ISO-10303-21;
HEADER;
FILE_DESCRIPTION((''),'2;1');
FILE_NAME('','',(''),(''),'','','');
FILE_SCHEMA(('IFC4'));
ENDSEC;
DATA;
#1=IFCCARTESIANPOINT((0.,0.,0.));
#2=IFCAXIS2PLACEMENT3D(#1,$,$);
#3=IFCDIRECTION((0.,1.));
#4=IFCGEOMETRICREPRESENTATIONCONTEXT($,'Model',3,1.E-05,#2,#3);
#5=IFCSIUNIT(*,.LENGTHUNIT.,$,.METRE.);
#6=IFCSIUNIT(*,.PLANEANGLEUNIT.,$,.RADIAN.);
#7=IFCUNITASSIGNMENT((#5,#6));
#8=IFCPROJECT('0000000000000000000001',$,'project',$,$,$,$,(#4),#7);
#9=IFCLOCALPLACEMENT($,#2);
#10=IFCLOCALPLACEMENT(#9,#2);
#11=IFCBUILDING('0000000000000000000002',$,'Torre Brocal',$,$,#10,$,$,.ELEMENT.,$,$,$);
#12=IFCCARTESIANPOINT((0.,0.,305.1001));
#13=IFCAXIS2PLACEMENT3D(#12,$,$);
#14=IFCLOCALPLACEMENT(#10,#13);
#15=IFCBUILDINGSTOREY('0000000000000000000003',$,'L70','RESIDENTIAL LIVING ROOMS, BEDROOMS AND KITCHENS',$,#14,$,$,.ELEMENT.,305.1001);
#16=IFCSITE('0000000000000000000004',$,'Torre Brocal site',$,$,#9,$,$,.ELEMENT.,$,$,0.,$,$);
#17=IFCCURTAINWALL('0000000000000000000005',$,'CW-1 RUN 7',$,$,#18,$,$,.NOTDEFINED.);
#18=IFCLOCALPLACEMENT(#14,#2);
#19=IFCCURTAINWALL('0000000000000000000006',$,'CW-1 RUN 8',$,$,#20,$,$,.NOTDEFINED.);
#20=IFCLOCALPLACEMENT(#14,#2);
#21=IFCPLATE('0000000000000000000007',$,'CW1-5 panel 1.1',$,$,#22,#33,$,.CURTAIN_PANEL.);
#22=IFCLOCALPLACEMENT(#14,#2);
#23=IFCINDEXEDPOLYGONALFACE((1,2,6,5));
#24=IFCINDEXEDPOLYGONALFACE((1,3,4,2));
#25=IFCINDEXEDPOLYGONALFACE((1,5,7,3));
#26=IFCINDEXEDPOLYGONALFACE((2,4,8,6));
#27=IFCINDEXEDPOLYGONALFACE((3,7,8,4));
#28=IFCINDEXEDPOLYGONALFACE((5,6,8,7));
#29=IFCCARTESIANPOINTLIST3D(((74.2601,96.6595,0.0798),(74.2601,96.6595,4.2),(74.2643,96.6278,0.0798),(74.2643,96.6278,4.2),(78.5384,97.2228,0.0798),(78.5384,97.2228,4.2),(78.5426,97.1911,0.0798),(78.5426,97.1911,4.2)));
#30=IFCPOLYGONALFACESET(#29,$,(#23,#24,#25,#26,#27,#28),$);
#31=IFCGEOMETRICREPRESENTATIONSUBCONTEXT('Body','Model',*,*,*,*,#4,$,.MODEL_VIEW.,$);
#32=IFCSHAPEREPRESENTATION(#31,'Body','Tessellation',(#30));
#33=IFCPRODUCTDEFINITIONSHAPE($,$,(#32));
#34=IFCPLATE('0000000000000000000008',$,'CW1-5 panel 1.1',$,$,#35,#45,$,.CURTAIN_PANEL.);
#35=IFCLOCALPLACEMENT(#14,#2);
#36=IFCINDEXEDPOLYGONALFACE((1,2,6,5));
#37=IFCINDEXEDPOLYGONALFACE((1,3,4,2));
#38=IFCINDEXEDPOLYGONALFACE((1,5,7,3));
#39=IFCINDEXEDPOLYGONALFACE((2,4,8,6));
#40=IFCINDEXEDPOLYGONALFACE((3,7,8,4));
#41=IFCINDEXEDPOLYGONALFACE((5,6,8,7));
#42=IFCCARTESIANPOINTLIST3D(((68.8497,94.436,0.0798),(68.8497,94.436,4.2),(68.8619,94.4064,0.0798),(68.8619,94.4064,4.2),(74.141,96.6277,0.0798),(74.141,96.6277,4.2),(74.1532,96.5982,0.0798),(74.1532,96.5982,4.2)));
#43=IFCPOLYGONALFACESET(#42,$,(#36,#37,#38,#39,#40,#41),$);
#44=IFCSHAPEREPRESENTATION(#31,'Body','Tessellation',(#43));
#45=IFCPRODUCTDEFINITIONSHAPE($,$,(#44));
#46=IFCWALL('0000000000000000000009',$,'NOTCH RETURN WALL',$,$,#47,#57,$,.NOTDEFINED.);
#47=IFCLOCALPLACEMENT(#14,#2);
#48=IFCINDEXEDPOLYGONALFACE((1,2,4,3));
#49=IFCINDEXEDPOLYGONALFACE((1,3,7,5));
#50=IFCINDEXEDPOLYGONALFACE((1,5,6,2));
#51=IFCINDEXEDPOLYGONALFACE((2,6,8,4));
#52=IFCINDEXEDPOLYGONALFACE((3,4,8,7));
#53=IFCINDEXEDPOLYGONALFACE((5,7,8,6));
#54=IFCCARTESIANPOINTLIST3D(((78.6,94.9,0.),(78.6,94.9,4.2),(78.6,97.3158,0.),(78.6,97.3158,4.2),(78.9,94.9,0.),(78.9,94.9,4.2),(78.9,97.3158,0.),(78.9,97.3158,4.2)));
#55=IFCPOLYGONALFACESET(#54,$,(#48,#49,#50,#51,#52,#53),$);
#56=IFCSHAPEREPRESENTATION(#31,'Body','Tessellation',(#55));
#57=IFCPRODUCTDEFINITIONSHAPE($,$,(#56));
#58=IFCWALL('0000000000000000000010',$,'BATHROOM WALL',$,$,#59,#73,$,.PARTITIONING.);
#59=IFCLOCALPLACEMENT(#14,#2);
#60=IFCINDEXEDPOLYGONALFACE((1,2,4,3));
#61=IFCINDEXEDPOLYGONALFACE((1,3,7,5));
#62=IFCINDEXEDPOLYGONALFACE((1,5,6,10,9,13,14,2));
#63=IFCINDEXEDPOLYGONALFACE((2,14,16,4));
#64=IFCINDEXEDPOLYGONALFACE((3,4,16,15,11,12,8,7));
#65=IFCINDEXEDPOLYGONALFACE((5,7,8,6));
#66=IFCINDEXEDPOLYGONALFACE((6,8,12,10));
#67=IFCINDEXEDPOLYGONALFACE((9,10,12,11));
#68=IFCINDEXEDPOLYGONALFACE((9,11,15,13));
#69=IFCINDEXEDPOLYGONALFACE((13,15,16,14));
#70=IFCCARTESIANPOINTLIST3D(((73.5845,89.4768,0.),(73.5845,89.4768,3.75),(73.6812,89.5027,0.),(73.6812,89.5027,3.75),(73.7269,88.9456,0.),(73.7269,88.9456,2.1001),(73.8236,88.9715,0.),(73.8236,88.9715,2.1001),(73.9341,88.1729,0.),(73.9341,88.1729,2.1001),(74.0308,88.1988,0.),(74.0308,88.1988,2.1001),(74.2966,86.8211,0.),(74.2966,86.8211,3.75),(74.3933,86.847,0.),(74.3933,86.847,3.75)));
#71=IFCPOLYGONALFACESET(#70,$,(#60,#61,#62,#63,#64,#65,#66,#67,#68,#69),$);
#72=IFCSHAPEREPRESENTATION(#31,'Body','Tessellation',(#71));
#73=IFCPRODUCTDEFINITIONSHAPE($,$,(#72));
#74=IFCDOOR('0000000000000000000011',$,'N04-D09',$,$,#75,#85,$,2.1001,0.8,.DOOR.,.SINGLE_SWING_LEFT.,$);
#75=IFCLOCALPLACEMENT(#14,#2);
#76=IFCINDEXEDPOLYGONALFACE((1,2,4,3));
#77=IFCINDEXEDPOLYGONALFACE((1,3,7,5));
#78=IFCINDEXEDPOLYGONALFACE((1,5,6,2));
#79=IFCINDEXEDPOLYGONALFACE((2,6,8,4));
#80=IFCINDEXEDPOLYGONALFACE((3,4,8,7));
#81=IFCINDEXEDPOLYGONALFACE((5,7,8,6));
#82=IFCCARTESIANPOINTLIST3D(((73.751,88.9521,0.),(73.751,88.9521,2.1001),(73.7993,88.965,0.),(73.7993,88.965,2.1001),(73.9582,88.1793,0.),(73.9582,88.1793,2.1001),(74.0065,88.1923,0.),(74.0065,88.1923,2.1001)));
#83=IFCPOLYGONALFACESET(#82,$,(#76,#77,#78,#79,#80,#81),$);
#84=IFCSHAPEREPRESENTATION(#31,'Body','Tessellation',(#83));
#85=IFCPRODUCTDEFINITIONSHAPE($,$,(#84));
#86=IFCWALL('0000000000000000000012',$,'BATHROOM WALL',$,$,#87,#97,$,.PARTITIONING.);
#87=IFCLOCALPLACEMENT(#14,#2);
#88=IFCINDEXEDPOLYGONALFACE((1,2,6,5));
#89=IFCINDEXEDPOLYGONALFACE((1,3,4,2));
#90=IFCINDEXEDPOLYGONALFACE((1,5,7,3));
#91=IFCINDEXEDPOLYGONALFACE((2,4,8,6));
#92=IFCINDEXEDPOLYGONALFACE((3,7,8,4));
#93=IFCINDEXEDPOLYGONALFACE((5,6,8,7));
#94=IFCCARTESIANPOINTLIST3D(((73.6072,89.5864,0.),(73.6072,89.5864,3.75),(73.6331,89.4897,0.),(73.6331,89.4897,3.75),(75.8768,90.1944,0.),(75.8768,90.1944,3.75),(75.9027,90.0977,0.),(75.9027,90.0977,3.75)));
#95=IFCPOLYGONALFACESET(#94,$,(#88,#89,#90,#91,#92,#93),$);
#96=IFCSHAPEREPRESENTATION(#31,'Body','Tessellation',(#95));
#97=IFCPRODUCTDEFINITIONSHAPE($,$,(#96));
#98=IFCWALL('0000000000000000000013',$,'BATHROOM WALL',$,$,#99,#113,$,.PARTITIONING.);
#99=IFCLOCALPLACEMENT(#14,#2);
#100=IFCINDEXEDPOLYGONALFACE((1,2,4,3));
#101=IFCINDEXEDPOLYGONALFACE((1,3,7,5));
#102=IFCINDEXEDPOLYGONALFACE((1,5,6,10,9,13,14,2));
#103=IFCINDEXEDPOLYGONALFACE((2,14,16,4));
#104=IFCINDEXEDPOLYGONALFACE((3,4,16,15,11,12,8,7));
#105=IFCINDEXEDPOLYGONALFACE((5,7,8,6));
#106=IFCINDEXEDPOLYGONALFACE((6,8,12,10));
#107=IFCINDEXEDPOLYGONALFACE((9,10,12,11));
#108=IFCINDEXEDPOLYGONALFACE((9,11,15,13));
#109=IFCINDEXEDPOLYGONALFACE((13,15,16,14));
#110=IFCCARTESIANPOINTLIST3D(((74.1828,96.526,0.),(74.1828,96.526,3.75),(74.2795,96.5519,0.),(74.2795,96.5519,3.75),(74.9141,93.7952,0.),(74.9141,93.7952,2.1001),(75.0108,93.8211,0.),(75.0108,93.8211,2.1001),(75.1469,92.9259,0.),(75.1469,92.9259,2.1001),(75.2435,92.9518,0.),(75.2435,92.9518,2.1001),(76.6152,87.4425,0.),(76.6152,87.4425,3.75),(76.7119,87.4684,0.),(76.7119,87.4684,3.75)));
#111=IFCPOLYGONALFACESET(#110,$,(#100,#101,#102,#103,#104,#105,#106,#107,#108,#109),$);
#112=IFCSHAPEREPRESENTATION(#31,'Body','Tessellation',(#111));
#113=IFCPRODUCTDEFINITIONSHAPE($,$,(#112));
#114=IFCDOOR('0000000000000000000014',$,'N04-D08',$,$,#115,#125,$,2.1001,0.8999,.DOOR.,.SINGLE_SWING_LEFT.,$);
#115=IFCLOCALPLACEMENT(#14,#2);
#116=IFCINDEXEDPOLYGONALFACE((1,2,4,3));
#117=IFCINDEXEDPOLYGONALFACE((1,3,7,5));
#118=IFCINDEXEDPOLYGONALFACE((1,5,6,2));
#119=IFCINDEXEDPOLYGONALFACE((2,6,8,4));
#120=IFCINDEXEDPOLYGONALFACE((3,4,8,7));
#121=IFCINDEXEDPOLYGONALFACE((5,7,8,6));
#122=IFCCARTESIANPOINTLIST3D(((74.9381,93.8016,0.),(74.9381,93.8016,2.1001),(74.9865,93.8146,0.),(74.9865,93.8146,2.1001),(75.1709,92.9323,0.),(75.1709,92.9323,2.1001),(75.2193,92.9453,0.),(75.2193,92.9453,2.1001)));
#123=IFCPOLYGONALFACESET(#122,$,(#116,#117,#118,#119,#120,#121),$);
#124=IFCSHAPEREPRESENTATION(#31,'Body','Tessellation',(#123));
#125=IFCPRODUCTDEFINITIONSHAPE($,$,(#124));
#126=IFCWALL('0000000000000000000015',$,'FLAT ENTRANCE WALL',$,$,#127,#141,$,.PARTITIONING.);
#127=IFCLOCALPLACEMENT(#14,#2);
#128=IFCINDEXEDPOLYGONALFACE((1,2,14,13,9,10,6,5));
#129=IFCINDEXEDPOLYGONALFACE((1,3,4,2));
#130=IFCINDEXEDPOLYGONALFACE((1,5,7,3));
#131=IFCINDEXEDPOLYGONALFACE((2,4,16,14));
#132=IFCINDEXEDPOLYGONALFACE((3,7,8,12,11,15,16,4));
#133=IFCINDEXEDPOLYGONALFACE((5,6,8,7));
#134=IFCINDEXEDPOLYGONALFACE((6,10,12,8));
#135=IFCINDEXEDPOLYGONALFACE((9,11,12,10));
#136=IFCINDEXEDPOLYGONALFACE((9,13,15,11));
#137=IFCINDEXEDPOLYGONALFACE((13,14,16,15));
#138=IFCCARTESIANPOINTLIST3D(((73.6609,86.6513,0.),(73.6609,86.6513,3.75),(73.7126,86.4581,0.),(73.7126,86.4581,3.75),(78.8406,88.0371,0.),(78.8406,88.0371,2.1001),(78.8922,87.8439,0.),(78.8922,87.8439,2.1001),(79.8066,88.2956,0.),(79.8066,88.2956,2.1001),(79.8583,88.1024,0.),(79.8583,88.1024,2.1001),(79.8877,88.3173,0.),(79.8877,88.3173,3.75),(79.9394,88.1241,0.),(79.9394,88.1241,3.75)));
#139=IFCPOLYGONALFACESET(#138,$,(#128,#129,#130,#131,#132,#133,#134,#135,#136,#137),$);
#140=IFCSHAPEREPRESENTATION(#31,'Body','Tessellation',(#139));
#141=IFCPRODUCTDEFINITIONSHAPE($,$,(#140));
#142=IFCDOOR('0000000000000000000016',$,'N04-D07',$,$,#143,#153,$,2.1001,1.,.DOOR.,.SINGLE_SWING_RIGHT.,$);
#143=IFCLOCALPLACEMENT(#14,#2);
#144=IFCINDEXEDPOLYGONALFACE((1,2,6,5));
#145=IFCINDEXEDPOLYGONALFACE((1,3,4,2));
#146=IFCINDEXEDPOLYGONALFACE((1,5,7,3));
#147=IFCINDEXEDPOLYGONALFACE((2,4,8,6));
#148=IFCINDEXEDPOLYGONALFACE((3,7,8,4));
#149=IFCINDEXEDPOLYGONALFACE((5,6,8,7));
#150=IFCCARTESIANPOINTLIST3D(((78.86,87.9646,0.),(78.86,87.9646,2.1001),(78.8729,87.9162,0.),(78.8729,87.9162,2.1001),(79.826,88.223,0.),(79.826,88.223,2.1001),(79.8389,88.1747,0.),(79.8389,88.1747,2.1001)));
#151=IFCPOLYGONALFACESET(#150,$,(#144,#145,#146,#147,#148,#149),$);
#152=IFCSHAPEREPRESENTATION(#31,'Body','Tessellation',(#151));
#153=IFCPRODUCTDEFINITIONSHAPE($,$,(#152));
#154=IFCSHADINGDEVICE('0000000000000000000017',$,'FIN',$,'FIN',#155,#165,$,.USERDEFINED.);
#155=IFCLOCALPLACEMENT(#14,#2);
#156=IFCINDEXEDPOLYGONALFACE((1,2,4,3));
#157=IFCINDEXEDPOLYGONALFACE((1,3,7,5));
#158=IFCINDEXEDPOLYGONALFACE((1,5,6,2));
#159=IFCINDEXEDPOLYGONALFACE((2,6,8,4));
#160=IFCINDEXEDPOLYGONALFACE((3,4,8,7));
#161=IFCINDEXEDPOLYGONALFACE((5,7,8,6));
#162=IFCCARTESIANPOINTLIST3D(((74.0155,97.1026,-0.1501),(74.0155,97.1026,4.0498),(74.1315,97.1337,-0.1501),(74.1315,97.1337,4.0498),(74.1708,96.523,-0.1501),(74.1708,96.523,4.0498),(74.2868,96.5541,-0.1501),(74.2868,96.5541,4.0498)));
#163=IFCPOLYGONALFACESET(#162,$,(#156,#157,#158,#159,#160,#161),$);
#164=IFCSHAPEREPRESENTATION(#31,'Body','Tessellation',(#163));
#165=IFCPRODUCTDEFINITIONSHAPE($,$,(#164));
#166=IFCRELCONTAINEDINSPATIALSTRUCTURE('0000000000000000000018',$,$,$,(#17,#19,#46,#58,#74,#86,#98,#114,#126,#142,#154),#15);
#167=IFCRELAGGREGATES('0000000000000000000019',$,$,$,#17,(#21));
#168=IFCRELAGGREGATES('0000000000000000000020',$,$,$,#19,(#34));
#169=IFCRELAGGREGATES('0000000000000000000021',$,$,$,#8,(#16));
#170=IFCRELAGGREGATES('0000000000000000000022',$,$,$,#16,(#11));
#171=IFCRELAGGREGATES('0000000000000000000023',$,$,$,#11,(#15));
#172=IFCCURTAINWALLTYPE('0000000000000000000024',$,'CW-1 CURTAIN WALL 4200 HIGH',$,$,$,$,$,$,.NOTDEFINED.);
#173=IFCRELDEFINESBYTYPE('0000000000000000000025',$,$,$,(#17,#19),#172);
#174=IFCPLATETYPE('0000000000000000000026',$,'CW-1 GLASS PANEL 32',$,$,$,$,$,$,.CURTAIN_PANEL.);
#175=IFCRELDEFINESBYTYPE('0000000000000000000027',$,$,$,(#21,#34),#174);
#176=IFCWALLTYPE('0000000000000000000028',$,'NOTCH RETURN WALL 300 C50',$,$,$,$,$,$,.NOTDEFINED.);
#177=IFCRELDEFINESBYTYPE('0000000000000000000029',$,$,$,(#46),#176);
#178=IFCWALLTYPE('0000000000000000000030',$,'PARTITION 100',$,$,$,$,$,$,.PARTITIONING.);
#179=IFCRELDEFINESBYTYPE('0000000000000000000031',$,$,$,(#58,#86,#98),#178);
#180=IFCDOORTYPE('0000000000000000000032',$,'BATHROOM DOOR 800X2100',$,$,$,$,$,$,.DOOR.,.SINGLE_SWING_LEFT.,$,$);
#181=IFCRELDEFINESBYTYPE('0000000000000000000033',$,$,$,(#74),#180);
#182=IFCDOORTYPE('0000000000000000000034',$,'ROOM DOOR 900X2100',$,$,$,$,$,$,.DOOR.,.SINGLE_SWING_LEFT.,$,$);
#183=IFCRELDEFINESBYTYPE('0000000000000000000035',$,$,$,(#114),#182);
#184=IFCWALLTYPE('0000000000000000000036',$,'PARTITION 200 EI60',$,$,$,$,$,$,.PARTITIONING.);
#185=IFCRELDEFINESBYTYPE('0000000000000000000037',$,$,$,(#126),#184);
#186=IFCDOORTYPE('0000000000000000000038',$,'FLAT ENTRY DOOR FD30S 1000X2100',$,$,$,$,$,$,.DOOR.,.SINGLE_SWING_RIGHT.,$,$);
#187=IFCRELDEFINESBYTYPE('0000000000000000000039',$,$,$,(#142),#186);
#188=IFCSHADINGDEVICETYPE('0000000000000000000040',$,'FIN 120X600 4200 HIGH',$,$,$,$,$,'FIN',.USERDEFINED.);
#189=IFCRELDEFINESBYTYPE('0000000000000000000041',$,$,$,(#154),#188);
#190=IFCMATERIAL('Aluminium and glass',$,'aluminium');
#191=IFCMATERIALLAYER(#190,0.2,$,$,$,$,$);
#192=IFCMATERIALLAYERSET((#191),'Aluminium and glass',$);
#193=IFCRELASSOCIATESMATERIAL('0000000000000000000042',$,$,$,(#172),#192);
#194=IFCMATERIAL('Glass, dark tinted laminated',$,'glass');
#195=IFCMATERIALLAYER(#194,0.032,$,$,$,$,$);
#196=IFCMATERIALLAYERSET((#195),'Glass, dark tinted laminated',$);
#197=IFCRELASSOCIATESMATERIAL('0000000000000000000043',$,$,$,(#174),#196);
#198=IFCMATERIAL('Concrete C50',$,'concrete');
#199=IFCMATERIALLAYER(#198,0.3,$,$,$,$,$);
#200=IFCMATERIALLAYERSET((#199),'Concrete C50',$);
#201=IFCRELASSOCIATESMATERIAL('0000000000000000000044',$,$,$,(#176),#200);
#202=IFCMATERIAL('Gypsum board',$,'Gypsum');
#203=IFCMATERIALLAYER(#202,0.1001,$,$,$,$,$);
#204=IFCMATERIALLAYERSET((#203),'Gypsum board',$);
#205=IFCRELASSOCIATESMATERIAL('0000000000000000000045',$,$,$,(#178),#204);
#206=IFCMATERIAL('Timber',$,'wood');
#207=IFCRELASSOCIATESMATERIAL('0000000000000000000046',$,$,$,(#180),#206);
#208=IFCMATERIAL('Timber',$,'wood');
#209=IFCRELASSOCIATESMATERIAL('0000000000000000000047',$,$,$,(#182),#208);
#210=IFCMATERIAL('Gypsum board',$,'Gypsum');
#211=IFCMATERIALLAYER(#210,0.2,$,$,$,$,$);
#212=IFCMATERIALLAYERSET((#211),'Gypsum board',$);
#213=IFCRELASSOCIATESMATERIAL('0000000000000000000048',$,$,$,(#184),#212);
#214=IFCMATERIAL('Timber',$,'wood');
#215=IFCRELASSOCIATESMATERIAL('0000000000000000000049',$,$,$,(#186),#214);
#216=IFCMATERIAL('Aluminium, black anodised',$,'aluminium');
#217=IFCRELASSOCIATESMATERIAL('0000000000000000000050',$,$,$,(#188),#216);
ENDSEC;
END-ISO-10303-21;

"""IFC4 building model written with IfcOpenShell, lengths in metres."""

from ifc_helpers import new_model, si_unit, direction, frame, frame_2d, origin, origin_2d, place, context, subcontext, project, spatial, rectangle, extrude, material, layer, layer_set, material_profile, profile_set, type_object, element, fill, aggregate, save


model = new_model("IFC4")

# Units and contexts
model_context = context("Model", 3, precision=1e-05, world=origin(), true_north=direction((0.0, 1.0)))
body_context = subcontext(model_context, "Body", "Model", "MODEL_VIEW")
ifc_project = project(units=[si_unit("LENGTHUNIT", "METRE"), si_unit("PLANEANGLEUNIT", "RADIAN")], contexts=[model_context])

# Site, building, storey
site_placement = place(None, origin())
site = spatial("IfcSite", under=ifc_project, at=site_placement, Name="Torre Brocal site", CompositionType="ELEMENT", RefElevation=0.0)
building_placement = place(site_placement, origin())
building = spatial("IfcBuilding", under=site, at=building_placement, Name="Torre Brocal", CompositionType="ELEMENT")
storey_placement = place(building_placement, frame((0.0, 0.0, 305.1001)))
storey = spatial("IfcBuildingStorey", under=building, at=storey_placement, Name="L70", Description="RESIDENTIAL LIVING ROOMS, BEDROOMS AND KITCHENS", CompositionType="ELEMENT", Elevation=305.1001)

# Curtain wall
ifc_material_1 = material(Name="Aluminium and glass", Category="aluminium")
ifc_layer_1 = layer(ifc_material_1, 0.2)
ifc_layer_set_1 = layer_set([ifc_layer_1], Name="Aluminium and glass")
curtain_wall_type = type_object("IfcCurtainWallType", Name="CW-1 CURTAIN WALL 4200 HIGH", PredefinedType="NOTDEFINED", material=ifc_layer_set_1)
curtain_wall_1_placement = place(storey_placement, origin())
curtain_wall_1 = element("IfcCurtainWall", 1, at=curtain_wall_1_placement, inside=storey, type_object=curtain_wall_type, Name="CW-1 RUN 7", PredefinedType="NOTDEFINED")

# Curtain wall
curtain_wall_2_placement = place(storey_placement, origin())
curtain_wall_2 = element("IfcCurtainWall", 2, at=curtain_wall_2_placement, inside=storey, type_object=curtain_wall_type, Name="CW-1 RUN 8", PredefinedType="NOTDEFINED")

# Plates
ifc_material_2 = material(Name="Glass, dark tinted laminated", Category="glass")
ifc_layer_2 = layer(ifc_material_2, 0.032)
ifc_layer_set_2 = layer_set([ifc_layer_2], Name="Glass, dark tinted laminated")
plate_type = type_object("IfcPlateType", Name="CW-1 GLASS PANEL 32", PredefinedType="CURTAIN_PANEL", material=ifc_layer_set_2)
plate_1_placement = place(storey_placement, frame((76.4014, 96.9253, 0.0798), z_axis=(0.0, 0.0, 1.0), x_axis=(-0.991445, -0.130526, 0.0)))
plate_1 = element("IfcPlate", 3, at=plate_1_placement, type_object=plate_type, Name="CW1-5 panel 1.1", PredefinedType="CURTAIN_PANEL", context=body_context, shape_type="SweptSolid", body=[
    extrude(rectangle(XDim=4.3152, YDim=0.032, at=origin_2d()), origin(), (0.0, 0.0, 1.0), 4.1201),
])
aggregate(curtain_wall_1, [plate_1])
plate_2_placement = place(storey_placement, frame((71.5015, 95.5171, 0.0798), z_axis=(0.0, 0.0, 1.0), x_axis=(-0.92388, -0.382683, 0.0)))
plate_2 = element("IfcPlate", 4, at=plate_2_placement, type_object=plate_type, Name="CW1-5 panel 1.1", PredefinedType="CURTAIN_PANEL", context=body_context, shape_type="SweptSolid", body=[
    extrude(rectangle(XDim=5.7273, YDim=0.032, at=origin_2d()), origin(), (0.0, 0.0, 1.0), 4.1201),
])
aggregate(curtain_wall_2, [plate_2])

# Wall
ifc_material_3 = material(Name="Concrete C50", Category="concrete")
ifc_layer_3 = layer(ifc_material_3, 0.3)
ifc_layer_set_3 = layer_set([ifc_layer_3], Name="Concrete C50")
wall_type_1 = type_object("IfcWallType", Name="NOTCH RETURN WALL 300 C50", PredefinedType="NOTDEFINED", material=ifc_layer_set_3)
wall_1_placement = place(storey_placement, frame((78.75, 94.8999, 0.0), z_axis=(0.0, 0.0, 1.0), x_axis=(0.0, 1.0, 0.0)))
element("IfcWall", 5, at=wall_1_placement, inside=storey, type_object=wall_type_1, Name="NOTCH RETURN WALL", PredefinedType="NOTDEFINED", context=body_context, shape_type="SweptSolid", body=[
    extrude(rectangle(XDim=2.4158, YDim=0.3, at=frame_2d((1.208, 0.0))), origin(), (0.0, 0.0, 1.0), 4.2),
])

# Wall, opening, door
ifc_material_4 = material(Name="Gypsum board", Category="Gypsum")
ifc_layer_4 = layer(ifc_material_4, 0.1001)
ifc_layer_set_4 = layer_set([ifc_layer_4], Name="Gypsum board")
wall_type_2 = type_object("IfcWallType", Name="PARTITION 100", PredefinedType="PARTITIONING", material=ifc_layer_set_4)
wall_2_placement = place(storey_placement, frame((73.6328, 89.4897, 0.0), z_axis=(0.0, 0.0, 1.0), x_axis=(0.259005, -0.965876, 0.0)))
wall_2 = element("IfcWall", 6, at=wall_2_placement, inside=storey, type_object=wall_type_2, Name="BATHROOM WALL", PredefinedType="PARTITIONING", context=body_context, shape_type="SweptSolid", body=[
    extrude(rectangle(XDim=2.7495, YDim=0.1001, at=frame_2d((1.3748, 0.0))), origin(), (0.0, 0.0, 1.0), 3.75),
])
opening_1_placement = place(wall_2_placement, frame((0.55, 0.0, 0.0)))
opening_1 = element("IfcOpeningElement", 7, at=opening_1_placement, cuts=wall_2, PredefinedType="OPENING", context=body_context, shape_type="SweptSolid", body=[
    extrude(rectangle(XDim=0.8, YDim=2.1001, at=frame_2d((0.3999, 1.05))), frame((0.0, 0.0601, 0.0), z_axis=(0.0, -1.0, 0.0), x_axis=(1.0, 0.0, 0.0)), (0.0, 0.0, 1.0), 0.1201),
])
ifc_material_5 = material(Name="Timber", Category="wood")
door_type_1 = type_object("IfcDoorType", Name="BATHROOM DOOR 800X2100", OperationType="SINGLE_SWING_LEFT", PredefinedType="DOOR", material=ifc_material_5)
door_1_placement = place(opening_1_placement, origin())
door_1 = element("IfcDoor", 8, at=door_1_placement, inside=storey, type_object=door_type_1, Name="N04-D09", OperationType="SINGLE_SWING_LEFT", OverallHeight=2.1001, OverallWidth=0.8, PredefinedType="DOOR", context=body_context, shape_type="SweptSolid", body=[
    extrude(rectangle(XDim=0.8, YDim=2.1001, at=frame_2d((0.3999, 1.05))), frame((0.0, 0.0249, 0.0), z_axis=(0.0, -1.0, 0.0), x_axis=(1.0, 0.0, 0.0)), (0.0, 0.0, 1.0), 0.05),
])
fill(opening_1, door_1)

# Wall
wall_3_placement = place(storey_placement, frame((73.6201, 89.5381, 0.0), z_axis=(0.0, 0.0, 1.0), x_axis=(0.965948, 0.258736, 0.0)))
element("IfcWall", 9, at=wall_3_placement, inside=storey, type_object=wall_type_2, Name="BATHROOM WALL", PredefinedType="PARTITIONING", context=body_context, shape_type="SweptSolid", body=[
    extrude(rectangle(XDim=2.3496, YDim=0.1001, at=frame_2d((1.1748, 0.0))), origin(), (0.0, 0.0, 1.0), 3.75),
])

# Walls, openings, doors
wall_4_placement = place(storey_placement, frame((74.2312, 96.5388, 0.0), z_axis=(0.0, 0.0, 1.0), x_axis=(0.258666, -0.965967, 0.0)))
wall_4 = element("IfcWall", 10, at=wall_4_placement, inside=storey, type_object=wall_type_2, Name="BATHROOM WALL", PredefinedType="PARTITIONING", context=body_context, shape_type="SweptSolid", body=[
    extrude(rectangle(XDim=9.4036, YDim=0.1001, at=frame_2d((4.7017, 0.0))), origin(), (0.0, 0.0, 1.0), 3.75),
])
opening_2_placement = place(wall_4_placement, frame((2.8269, 0.0, 0.0)))
opening_2 = element("IfcOpeningElement", 11, at=opening_2_placement, cuts=wall_4, PredefinedType="OPENING", context=body_context, shape_type="SweptSolid", body=[
    extrude(rectangle(XDim=0.8999, YDim=2.1001, at=frame_2d((0.45, 1.05))), frame((0.0, 0.0601, 0.0), z_axis=(0.0, -1.0, 0.0), x_axis=(1.0, 0.0, 0.0)), (0.0, 0.0, 1.0), 0.1201),
])
ifc_material_6 = material(Name="Timber", Category="wood")
door_type_2 = type_object("IfcDoorType", Name="ROOM DOOR 900X2100", OperationType="SINGLE_SWING_LEFT", PredefinedType="DOOR", material=ifc_material_6)
door_2_placement = place(opening_2_placement, origin())
door_2 = element("IfcDoor", 12, at=door_2_placement, inside=storey, type_object=door_type_2, Name="N04-D08", OperationType="SINGLE_SWING_LEFT", OverallHeight=2.1001, OverallWidth=0.8999, PredefinedType="DOOR", context=body_context, shape_type="SweptSolid", body=[
    extrude(rectangle(XDim=0.8999, YDim=2.1001, at=frame_2d((0.45, 1.05))), frame((0.0, 0.0249, 0.0), z_axis=(0.0, -1.0, 0.0), x_axis=(1.0, 0.0, 0.0)), (0.0, 0.0, 1.0), 0.05),
])
fill(opening_2, door_2)
ifc_material_7 = material(Name="Gypsum board", Category="Gypsum")
ifc_layer_5 = layer(ifc_material_7, 0.2)
ifc_layer_set_5 = layer_set([ifc_layer_5], Name="Gypsum board")
wall_type_3 = type_object("IfcWallType", Name="PARTITION 200 EI60", PredefinedType="PARTITIONING", material=ifc_layer_set_5)
wall_5_placement = place(storey_placement, frame((73.6868, 86.5547, 0.0), z_axis=(0.0, 0.0, 1.0), x_axis=(0.966021, 0.258464, 0.0)))
wall_5 = element("IfcWall", 13, at=wall_5_placement, inside=storey, type_object=wall_type_3, Name="FLAT ENTRANCE WALL", PredefinedType="PARTITIONING", context=body_context, shape_type="SweptSolid", body=[
    extrude(rectangle(XDim=6.4458, YDim=0.2, at=frame_2d((3.2229, 0.0))), origin(), (0.0, 0.0, 1.0), 3.75),
])
opening_3_placement = place(wall_5_placement, frame((5.3618, 0.0, 0.0)))
opening_3 = element("IfcOpeningElement", 14, at=opening_3_placement, cuts=wall_5, PredefinedType="OPENING", context=body_context, shape_type="SweptSolid", body=[
    extrude(rectangle(XDim=1.0, YDim=2.1001, at=frame_2d((0.5, 1.05))), frame((0.0, 0.1099, 0.0), z_axis=(0.0, -1.0, 0.0), x_axis=(1.0, 0.0, 0.0)), (0.0, 0.0, 1.0), 0.22),
])
ifc_material_8 = material(Name="Timber", Category="wood")
door_type_3 = type_object("IfcDoorType", Name="FLAT ENTRY DOOR FD30S 1000X2100", OperationType="SINGLE_SWING_RIGHT", PredefinedType="DOOR", material=ifc_material_8)
door_3_placement = place(opening_3_placement, origin())
door_3 = element("IfcDoor", 15, at=door_3_placement, inside=storey, type_object=door_type_3, Name="N04-D07", OperationType="SINGLE_SWING_RIGHT", OverallHeight=2.1001, OverallWidth=1.0, PredefinedType="DOOR", context=body_context, shape_type="SweptSolid", body=[
    extrude(rectangle(XDim=1.0, YDim=2.1001, at=frame_2d((0.5, 1.05))), frame((0.0, 0.0249, 0.0), z_axis=(0.0, -1.0, 0.0), x_axis=(1.0, 0.0, 0.0)), (0.0, 0.0, 1.0), 0.05),
])
fill(opening_3, door_3)

# Shading device
ifc_material_9 = material(Name="Aluminium, black anodised", Category="aluminium")
ifc_material_profile_1 = material_profile(ifc_material_9, rectangle(XDim=0.1201, YDim=0.6001, at=origin_2d()), Name="FIN 120X600 4200 HIGH")
ifc_profile_set_1 = profile_set([ifc_material_profile_1], Name="Aluminium, black anodised")
shading_device_type = type_object("IfcShadingDeviceType", Name="FIN 120X600 4200 HIGH", ElementType="FIN", PredefinedType="USERDEFINED", material=ifc_profile_set_1)
shading_device_placement = place(storey_placement, frame((74.1511, 96.8284, -0.1501), z_axis=(0.0, 0.0, 1.0), x_axis=(-0.965926, -0.258819, 0.0)))
element("IfcShadingDevice", 16, at=shading_device_placement, inside=storey, type_object=shading_device_type, Name="FIN", ObjectType="FIN", PredefinedType="USERDEFINED", context=body_context, shape_type="SweptSolid", body=[
    extrude(rectangle(XDim=0.1201, YDim=0.6001, at=origin_2d()), origin(), (0.0, 0.0, 1.0), 4.2),
])

save(model, "model.ifc")
